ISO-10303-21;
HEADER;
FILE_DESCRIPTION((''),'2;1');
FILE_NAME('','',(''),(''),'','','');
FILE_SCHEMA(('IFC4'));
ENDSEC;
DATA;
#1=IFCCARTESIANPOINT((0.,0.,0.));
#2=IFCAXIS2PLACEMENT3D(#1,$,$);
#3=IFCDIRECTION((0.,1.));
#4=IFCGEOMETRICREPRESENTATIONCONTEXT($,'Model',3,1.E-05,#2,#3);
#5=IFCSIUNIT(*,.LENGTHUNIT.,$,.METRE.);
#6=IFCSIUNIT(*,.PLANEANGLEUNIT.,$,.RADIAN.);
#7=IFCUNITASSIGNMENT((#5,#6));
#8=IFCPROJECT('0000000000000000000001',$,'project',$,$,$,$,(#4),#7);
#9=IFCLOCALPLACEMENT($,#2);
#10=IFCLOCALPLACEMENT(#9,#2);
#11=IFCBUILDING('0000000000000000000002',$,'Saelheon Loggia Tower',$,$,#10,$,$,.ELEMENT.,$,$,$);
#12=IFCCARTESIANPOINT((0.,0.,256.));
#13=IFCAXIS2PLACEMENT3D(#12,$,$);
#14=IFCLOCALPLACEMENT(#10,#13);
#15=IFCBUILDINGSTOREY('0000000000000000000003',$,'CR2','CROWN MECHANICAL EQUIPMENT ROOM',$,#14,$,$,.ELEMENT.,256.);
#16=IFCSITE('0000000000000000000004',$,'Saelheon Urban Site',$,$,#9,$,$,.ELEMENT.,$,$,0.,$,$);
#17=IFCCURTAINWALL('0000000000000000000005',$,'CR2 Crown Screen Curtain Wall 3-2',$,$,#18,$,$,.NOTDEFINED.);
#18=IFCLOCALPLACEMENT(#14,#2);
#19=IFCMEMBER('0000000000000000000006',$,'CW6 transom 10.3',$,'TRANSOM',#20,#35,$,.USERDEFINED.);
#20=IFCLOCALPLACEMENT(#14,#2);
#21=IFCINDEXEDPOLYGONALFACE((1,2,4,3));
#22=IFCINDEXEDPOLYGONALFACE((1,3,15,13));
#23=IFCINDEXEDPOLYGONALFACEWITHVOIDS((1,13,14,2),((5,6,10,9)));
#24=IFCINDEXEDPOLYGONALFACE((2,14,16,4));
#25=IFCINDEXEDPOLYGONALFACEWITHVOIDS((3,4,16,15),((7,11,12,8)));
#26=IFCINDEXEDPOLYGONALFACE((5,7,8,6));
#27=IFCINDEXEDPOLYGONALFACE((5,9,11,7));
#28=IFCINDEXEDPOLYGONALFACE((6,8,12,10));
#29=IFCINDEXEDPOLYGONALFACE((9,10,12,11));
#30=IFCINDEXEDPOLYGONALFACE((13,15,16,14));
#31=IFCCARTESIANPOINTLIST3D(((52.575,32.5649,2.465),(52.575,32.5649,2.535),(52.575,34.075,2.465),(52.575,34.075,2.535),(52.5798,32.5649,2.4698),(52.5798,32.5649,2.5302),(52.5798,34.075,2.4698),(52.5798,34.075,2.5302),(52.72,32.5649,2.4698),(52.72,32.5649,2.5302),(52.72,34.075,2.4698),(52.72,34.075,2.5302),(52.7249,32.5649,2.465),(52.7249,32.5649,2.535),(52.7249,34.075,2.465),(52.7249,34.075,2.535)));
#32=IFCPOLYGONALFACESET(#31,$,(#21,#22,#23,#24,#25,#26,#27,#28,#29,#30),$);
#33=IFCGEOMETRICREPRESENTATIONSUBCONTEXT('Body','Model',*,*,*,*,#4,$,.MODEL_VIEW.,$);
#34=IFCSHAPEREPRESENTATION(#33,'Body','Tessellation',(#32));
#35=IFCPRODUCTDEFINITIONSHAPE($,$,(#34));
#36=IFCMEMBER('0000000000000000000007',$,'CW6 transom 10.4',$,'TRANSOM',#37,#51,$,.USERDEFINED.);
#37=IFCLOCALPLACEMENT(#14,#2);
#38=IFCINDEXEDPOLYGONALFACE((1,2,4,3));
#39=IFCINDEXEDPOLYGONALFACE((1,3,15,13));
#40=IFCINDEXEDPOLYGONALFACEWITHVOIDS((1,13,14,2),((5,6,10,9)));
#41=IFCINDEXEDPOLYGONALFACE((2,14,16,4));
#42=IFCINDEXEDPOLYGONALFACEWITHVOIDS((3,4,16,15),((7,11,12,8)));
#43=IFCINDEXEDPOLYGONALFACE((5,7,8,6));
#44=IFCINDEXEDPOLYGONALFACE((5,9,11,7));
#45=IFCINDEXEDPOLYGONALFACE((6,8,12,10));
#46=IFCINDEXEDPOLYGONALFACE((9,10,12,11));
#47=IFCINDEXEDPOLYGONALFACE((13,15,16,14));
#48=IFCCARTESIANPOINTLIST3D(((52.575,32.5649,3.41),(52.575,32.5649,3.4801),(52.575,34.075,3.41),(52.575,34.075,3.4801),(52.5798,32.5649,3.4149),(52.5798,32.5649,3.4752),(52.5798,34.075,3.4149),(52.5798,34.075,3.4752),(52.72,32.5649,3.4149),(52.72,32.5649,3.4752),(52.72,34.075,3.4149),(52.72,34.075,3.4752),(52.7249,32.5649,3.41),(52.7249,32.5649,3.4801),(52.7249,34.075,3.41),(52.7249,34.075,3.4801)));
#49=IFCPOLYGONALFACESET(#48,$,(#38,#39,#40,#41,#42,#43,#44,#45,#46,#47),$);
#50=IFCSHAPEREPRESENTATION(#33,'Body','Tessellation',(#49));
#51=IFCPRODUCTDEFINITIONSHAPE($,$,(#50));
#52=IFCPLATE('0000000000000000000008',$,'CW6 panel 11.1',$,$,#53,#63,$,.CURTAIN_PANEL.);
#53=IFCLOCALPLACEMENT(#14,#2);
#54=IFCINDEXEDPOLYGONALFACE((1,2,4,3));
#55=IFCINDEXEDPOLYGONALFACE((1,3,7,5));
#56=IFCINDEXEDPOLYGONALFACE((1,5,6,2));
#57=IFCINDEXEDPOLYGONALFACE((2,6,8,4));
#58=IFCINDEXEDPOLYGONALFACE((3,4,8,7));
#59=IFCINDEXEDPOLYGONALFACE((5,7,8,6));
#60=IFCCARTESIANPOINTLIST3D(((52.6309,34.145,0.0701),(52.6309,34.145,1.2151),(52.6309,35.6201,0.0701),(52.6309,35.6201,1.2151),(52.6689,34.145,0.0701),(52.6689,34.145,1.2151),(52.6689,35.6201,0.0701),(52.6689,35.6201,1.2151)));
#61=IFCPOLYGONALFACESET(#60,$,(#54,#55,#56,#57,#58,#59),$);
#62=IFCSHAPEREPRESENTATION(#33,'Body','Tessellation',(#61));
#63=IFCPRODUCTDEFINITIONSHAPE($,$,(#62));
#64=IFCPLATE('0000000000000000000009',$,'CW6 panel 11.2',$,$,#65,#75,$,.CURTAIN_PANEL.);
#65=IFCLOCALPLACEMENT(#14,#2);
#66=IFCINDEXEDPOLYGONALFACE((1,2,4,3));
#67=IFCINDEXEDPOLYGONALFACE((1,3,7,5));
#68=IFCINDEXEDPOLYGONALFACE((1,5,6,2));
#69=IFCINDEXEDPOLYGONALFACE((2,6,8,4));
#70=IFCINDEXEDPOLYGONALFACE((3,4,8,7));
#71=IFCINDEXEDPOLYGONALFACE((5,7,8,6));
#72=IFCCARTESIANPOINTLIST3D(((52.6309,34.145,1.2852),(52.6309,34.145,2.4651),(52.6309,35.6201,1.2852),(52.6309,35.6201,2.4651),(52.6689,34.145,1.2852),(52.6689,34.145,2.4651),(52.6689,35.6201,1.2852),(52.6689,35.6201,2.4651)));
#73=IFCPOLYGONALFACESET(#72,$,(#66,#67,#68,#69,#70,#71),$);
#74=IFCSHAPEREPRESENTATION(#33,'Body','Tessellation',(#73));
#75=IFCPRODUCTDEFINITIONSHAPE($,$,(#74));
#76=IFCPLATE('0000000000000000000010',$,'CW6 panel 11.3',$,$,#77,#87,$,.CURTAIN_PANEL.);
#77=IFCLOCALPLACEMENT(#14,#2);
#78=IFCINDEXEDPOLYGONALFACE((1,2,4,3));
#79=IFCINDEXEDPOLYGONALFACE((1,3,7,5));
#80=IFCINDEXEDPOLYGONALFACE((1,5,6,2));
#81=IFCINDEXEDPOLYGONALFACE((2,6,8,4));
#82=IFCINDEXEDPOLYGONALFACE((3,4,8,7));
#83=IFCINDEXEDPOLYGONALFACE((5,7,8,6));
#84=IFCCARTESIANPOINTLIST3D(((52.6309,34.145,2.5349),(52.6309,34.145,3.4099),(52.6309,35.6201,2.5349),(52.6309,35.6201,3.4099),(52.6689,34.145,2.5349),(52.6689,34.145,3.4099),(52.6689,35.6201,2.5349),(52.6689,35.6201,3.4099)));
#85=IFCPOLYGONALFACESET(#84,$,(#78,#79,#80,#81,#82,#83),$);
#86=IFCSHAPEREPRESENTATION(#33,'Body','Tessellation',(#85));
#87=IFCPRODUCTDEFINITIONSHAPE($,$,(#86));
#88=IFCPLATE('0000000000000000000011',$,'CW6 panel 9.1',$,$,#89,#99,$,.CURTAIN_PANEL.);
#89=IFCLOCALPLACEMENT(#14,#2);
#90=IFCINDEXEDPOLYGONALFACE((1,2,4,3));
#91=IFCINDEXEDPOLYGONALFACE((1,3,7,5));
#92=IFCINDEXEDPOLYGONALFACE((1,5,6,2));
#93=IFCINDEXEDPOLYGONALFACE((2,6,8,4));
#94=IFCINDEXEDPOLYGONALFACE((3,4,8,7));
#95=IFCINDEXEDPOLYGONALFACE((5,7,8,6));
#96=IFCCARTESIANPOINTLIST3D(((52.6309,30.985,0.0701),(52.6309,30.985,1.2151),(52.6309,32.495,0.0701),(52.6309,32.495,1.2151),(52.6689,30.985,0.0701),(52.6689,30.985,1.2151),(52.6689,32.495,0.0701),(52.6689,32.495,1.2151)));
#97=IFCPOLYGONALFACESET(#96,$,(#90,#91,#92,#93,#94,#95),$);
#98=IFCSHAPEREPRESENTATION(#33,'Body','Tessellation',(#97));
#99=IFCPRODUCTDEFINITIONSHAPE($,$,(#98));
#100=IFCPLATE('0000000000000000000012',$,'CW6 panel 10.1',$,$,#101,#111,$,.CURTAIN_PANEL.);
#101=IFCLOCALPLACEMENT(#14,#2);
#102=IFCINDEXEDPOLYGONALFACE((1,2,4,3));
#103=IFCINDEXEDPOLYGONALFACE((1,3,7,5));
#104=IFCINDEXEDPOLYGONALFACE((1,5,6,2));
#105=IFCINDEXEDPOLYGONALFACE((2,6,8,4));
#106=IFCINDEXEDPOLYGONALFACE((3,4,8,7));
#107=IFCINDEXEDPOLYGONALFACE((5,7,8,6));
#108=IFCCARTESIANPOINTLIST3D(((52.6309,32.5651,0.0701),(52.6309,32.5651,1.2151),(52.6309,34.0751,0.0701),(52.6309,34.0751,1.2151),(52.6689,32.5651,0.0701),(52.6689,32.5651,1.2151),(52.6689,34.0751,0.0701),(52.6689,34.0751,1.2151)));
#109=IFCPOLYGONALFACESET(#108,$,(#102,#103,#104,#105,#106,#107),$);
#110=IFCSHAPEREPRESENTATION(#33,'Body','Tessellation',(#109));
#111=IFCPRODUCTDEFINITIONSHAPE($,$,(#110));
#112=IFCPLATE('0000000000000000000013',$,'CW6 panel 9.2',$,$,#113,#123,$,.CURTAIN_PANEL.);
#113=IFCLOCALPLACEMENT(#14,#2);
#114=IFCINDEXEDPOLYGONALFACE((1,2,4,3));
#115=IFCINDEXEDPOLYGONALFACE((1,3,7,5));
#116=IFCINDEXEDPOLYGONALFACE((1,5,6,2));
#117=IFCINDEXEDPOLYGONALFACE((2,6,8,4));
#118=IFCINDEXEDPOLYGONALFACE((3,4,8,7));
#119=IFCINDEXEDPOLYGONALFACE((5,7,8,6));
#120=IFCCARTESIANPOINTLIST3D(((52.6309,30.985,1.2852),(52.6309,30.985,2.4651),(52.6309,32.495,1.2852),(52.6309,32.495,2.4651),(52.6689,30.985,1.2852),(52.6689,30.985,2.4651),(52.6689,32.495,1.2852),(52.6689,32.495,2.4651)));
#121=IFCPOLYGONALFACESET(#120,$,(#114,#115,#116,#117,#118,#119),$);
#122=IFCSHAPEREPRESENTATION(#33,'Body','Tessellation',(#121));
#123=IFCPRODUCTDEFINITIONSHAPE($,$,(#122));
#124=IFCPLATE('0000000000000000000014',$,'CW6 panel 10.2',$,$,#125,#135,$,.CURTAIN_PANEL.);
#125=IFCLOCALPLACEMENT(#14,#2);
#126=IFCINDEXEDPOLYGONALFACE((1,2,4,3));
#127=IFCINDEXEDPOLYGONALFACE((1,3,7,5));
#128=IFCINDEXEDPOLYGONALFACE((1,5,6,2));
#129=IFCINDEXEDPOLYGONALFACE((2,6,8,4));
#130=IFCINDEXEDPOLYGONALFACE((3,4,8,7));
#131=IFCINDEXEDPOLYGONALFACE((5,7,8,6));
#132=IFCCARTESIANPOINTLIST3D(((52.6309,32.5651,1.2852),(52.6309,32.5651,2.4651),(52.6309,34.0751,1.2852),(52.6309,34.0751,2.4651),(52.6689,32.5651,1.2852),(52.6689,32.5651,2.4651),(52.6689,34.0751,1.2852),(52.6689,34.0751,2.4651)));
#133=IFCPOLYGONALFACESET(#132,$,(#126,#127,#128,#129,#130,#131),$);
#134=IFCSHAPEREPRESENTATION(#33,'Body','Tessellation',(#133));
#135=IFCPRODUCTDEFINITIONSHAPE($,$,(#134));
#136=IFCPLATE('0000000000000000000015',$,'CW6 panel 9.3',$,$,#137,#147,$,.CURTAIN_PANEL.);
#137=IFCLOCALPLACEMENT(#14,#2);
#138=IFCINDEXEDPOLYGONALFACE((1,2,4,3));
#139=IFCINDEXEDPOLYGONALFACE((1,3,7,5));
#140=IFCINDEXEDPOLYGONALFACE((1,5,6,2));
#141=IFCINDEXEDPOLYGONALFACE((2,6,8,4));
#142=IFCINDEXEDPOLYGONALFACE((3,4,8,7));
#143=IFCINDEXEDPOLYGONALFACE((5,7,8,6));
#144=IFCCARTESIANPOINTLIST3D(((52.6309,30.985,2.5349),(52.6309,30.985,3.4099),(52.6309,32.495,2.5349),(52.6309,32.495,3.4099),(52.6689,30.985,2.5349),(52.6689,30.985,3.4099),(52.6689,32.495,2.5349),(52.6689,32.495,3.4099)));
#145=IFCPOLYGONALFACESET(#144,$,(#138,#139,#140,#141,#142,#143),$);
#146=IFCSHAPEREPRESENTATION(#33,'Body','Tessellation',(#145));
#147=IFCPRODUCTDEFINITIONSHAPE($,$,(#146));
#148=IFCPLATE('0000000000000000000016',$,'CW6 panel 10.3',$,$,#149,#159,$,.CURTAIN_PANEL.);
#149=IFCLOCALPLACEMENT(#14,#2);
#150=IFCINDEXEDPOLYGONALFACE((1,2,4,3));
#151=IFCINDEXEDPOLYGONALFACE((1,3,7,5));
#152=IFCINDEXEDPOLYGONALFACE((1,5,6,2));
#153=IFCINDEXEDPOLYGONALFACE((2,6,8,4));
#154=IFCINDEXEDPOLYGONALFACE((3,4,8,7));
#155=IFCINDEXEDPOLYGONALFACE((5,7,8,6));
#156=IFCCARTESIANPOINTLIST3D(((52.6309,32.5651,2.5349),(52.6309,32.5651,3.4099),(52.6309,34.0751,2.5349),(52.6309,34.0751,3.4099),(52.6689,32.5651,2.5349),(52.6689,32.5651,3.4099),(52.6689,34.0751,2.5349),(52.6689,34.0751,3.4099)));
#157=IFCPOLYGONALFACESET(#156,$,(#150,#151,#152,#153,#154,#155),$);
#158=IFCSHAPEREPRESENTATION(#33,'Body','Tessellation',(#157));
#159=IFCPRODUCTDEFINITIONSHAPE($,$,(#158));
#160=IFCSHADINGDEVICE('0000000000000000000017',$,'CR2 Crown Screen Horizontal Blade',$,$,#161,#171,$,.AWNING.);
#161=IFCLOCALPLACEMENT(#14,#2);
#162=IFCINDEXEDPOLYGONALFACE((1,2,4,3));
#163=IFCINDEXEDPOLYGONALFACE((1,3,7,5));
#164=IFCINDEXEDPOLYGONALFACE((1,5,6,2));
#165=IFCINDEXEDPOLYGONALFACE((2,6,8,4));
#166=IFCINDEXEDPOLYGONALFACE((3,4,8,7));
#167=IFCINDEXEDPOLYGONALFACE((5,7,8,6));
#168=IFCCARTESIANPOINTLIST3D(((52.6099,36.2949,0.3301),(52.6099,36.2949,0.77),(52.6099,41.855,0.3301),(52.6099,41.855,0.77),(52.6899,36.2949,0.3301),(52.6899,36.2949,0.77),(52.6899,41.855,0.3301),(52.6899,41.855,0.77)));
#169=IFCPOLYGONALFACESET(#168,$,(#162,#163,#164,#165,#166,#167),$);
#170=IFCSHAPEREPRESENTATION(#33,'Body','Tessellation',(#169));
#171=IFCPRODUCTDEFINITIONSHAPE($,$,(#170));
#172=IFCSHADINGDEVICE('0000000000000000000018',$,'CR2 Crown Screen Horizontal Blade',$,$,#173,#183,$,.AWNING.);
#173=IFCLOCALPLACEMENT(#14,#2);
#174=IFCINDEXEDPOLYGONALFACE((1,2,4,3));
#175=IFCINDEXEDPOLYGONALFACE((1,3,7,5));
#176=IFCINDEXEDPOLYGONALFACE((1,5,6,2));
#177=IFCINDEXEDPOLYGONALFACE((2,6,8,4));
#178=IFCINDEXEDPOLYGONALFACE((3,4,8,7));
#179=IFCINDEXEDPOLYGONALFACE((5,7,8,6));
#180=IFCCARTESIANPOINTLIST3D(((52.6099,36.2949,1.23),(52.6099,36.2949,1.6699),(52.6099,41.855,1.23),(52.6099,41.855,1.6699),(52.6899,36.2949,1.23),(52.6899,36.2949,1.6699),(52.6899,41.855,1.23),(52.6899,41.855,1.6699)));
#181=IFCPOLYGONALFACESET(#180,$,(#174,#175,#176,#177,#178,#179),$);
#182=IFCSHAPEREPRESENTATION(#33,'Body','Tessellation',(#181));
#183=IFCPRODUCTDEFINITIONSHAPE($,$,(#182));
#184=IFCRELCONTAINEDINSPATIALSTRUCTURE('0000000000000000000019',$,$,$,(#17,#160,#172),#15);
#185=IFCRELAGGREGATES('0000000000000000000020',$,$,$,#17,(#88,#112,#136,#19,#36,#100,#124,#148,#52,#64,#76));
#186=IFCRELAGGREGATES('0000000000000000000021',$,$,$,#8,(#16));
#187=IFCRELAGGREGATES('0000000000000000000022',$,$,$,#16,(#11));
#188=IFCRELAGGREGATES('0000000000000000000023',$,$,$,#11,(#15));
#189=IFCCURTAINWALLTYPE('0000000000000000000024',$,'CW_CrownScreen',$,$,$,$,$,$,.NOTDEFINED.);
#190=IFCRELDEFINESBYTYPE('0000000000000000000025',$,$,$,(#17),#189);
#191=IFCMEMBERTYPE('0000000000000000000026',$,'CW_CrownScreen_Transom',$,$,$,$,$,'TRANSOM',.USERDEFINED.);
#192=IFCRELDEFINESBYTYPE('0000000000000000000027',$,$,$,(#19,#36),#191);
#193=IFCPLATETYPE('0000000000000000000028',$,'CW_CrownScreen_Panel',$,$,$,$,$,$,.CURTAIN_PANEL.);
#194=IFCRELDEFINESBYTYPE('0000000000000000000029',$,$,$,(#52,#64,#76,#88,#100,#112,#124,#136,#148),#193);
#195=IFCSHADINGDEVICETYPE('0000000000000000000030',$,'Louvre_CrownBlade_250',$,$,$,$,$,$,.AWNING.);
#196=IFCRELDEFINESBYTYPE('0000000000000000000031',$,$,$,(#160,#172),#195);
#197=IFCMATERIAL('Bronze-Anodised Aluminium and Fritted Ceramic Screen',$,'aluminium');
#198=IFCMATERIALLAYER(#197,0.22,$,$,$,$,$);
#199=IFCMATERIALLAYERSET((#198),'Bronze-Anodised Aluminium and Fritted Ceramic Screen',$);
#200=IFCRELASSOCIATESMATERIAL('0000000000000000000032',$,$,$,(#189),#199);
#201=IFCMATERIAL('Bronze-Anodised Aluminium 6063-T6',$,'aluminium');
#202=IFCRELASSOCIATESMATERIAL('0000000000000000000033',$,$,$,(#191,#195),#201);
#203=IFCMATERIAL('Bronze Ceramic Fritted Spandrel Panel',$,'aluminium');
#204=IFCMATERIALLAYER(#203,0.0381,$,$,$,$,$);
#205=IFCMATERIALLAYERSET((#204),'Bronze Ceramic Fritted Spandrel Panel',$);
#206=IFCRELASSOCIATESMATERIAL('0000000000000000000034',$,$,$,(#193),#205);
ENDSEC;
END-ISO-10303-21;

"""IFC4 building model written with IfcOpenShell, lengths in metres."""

from ifc_helpers import new_model, si_unit, direction, frame, origin, origin_2d, place, context, subcontext, project, spatial, rectangle, hollow_rectangle, extrude, source, transform, mapped, material, layer, layer_set, material_profile, profile_set, type_object, element, aggregate, save


model = new_model("IFC4")

# Units and contexts
model_context = context("Model", 3, precision=1e-05, world=origin(), true_north=direction((0.0, 1.0)))
body_context = subcontext(model_context, "Body", "Model", "MODEL_VIEW")
ifc_project = project(units=[si_unit("LENGTHUNIT", "METRE"), si_unit("PLANEANGLEUNIT", "RADIAN")], contexts=[model_context])

# Site, building, storey
site_placement = place(None, origin())
site = spatial("IfcSite", under=ifc_project, at=site_placement, Name="Saelheon Urban Site", CompositionType="ELEMENT", RefElevation=0.0)
building_placement = place(site_placement, origin())
building = spatial("IfcBuilding", under=site, at=building_placement, Name="Saelheon Loggia Tower", CompositionType="ELEMENT")
storey_placement = place(building_placement, frame((0.0, 0.0, 256.0)))
storey = spatial("IfcBuildingStorey", under=building, at=storey_placement, Name="CR2", Description="CROWN MECHANICAL EQUIPMENT ROOM", CompositionType="ELEMENT", Elevation=256.0)

# Curtain wall, members, plates
ifc_material_1 = material(Name="Bronze-Anodised Aluminium and Fritted Ceramic Screen", Category="aluminium")
ifc_layer_1 = layer(ifc_material_1, 0.22)
ifc_layer_set_1 = layer_set([ifc_layer_1], Name="Bronze-Anodised Aluminium and Fritted Ceramic Screen")
curtain_wall_type = type_object("IfcCurtainWallType", Name="CW_CrownScreen", PredefinedType="NOTDEFINED", material=ifc_layer_set_1)
curtain_wall_placement = place(storey_placement, origin())
curtain_wall = element("IfcCurtainWall", 1, at=curtain_wall_placement, inside=storey, type_object=curtain_wall_type, Name="CR2 Crown Screen Curtain Wall 3-2", PredefinedType="NOTDEFINED")
ifc_material_2 = material(Name="Bronze-Anodised Aluminium 6063-T6", Category="aluminium")
ifc_material_profile_1 = material_profile(ifc_material_2, hollow_rectangle(XDim=0.0701, YDim=0.1499, WallThickness=0.0049, at=origin_2d()), Name="RHS-150x70x5")
ifc_profile_set_1 = profile_set([ifc_material_profile_1], Name="Bronze-Anodised Aluminium 6063-T6")
member_type_1 = type_object("IfcMemberType", Name="CW_CrownScreen_Transom", ElementType="TRANSOM", PredefinedType="USERDEFINED", material=ifc_profile_set_1)
shared_shape_1 = source(origin(), body_context, "Body", "SweptSolid", [
    extrude(hollow_rectangle(XDim=0.0701, YDim=0.1499, WallThickness=0.0049, at=origin_2d()), origin(), (0.0, 0.0, 1.0), 1.51),
])
member_1_placement = place(storey_placement, frame((52.6499, 32.5649, 2.5), z_axis=(0.0, 1.0, 0.0), x_axis=(0.0, 0.0, 1.0)))
member_1 = element("IfcMember", 2, at=member_1_placement, type_object=member_type_1, Name="CW6 transom 10.3", ObjectType="TRANSOM", PredefinedType="USERDEFINED", context=body_context, shape_type="MappedRepresentation", body=[
    mapped(shared_shape_1, transform((0.0, 0.0, 0.0), scale=1.0)),
])
member_2_placement = place(storey_placement, frame((52.6499, 32.5649, 3.4451), z_axis=(0.0, 1.0, 0.0), x_axis=(0.0, 0.0, 1.0)))
member_2 = element("IfcMember", 3, at=member_2_placement, type_object=member_type_1, Name="CW6 transom 10.4", ObjectType="TRANSOM", PredefinedType="USERDEFINED", context=body_context, shape_type="MappedRepresentation", body=[
    mapped(shared_shape_1, transform((0.0, 0.0, 0.0), scale=1.0)),
])
ifc_material_3 = material(Name="Bronze Ceramic Fritted Spandrel Panel", Category="aluminium")
ifc_layer_2 = layer(ifc_material_3, 0.0381)
ifc_layer_set_2 = layer_set([ifc_layer_2], Name="Bronze Ceramic Fritted Spandrel Panel")
plate_type = type_object("IfcPlateType", Name="CW_CrownScreen_Panel", PredefinedType="CURTAIN_PANEL", material=ifc_layer_set_2)
shared_shape_2 = source(origin(), body_context, "Body", "SweptSolid", [
    extrude(rectangle(XDim=1.4751, YDim=0.0381, at=origin_2d()), origin(), (0.0, 0.0, 1.0), 1.145),
])
plate_1_placement = place(storey_placement, frame((52.6499, 34.8826, 0.0701), z_axis=(0.0, 0.0, 1.0), x_axis=(0.0, 1.0, 0.0)))
plate_1 = element("IfcPlate", 4, at=plate_1_placement, type_object=plate_type, Name="CW6 panel 11.1", PredefinedType="CURTAIN_PANEL", context=body_context, shape_type="MappedRepresentation", body=[
    mapped(shared_shape_2, transform((0.0, 0.0, 0.0), scale=1.0)),
])
shared_shape_3 = source(origin(), body_context, "Body", "SweptSolid", [
    extrude(rectangle(XDim=1.4751, YDim=0.0381, at=origin_2d()), origin(), (0.0, 0.0, 1.0), 1.1799),
])
plate_2_placement = place(storey_placement, frame((52.6499, 34.8826, 1.2852), z_axis=(0.0, 0.0, 1.0), x_axis=(0.0, 1.0, 0.0)))
plate_2 = element("IfcPlate", 5, at=plate_2_placement, type_object=plate_type, Name="CW6 panel 11.2", PredefinedType="CURTAIN_PANEL", context=body_context, shape_type="MappedRepresentation", body=[
    mapped(shared_shape_3, transform((0.0, 0.0, 0.0), scale=1.0)),
])
shared_shape_4 = source(origin(), body_context, "Body", "SweptSolid", [
    extrude(rectangle(XDim=1.4751, YDim=0.0381, at=origin_2d()), origin(), (0.0, 0.0, 1.0), 0.875),
])
plate_3_placement = place(storey_placement, frame((52.6499, 34.8826, 2.5349), z_axis=(0.0, 0.0, 1.0), x_axis=(0.0, 1.0, 0.0)))
plate_3 = element("IfcPlate", 6, at=plate_3_placement, type_object=plate_type, Name="CW6 panel 11.3", PredefinedType="CURTAIN_PANEL", context=body_context, shape_type="MappedRepresentation", body=[
    mapped(shared_shape_4, transform((0.0, 0.0, 0.0), scale=1.0)),
])
shared_shape_5 = source(origin(), body_context, "Body", "SweptSolid", [
    extrude(rectangle(XDim=1.51, YDim=0.0381, at=origin_2d()), origin(), (0.0, 0.0, 1.0), 1.145),
])
plate_4_placement = place(storey_placement, frame((52.6499, 31.74, 0.0701), z_axis=(0.0, 0.0, 1.0), x_axis=(0.0, 1.0, 0.0)))
plate_4 = element("IfcPlate", 7, at=plate_4_placement, type_object=plate_type, Name="CW6 panel 9.1", PredefinedType="CURTAIN_PANEL", context=body_context, shape_type="MappedRepresentation", body=[
    mapped(shared_shape_5, transform((0.0, 0.0, 0.0), scale=1.0)),
])
plate_5_placement = place(storey_placement, frame((52.6499, 33.3201, 0.0701), z_axis=(0.0, 0.0, 1.0), x_axis=(0.0, 1.0, 0.0)))
plate_5 = element("IfcPlate", 8, at=plate_5_placement, type_object=plate_type, Name="CW6 panel 10.1", PredefinedType="CURTAIN_PANEL", context=body_context, shape_type="MappedRepresentation", body=[
    mapped(shared_shape_5, transform((0.0, 0.0, 0.0), scale=1.0)),
])
shared_shape_6 = source(origin(), body_context, "Body", "SweptSolid", [
    extrude(rectangle(XDim=1.51, YDim=0.0381, at=origin_2d()), origin(), (0.0, 0.0, 1.0), 1.1799),
])
plate_6_placement = place(storey_placement, frame((52.6499, 31.74, 1.2852), z_axis=(0.0, 0.0, 1.0), x_axis=(0.0, 1.0, 0.0)))
plate_6 = element("IfcPlate", 9, at=plate_6_placement, type_object=plate_type, Name="CW6 panel 9.2", PredefinedType="CURTAIN_PANEL", context=body_context, shape_type="MappedRepresentation", body=[
    mapped(shared_shape_6, transform((0.0, 0.0, 0.0), scale=1.0)),
])
plate_7_placement = place(storey_placement, frame((52.6499, 33.3201, 1.2852), z_axis=(0.0, 0.0, 1.0), x_axis=(0.0, 1.0, 0.0)))
plate_7 = element("IfcPlate", 10, at=plate_7_placement, type_object=plate_type, Name="CW6 panel 10.2", PredefinedType="CURTAIN_PANEL", context=body_context, shape_type="MappedRepresentation", body=[
    mapped(shared_shape_6, transform((0.0, 0.0, 0.0), scale=1.0)),
])
shared_shape_7 = source(origin(), body_context, "Body", "SweptSolid", [
    extrude(rectangle(XDim=1.51, YDim=0.0381, at=origin_2d()), origin(), (0.0, 0.0, 1.0), 0.875),
])
plate_8_placement = place(storey_placement, frame((52.6499, 31.74, 2.5349), z_axis=(0.0, 0.0, 1.0), x_axis=(0.0, 1.0, 0.0)))
plate_8 = element("IfcPlate", 11, at=plate_8_placement, type_object=plate_type, Name="CW6 panel 9.3", PredefinedType="CURTAIN_PANEL", context=body_context, shape_type="MappedRepresentation", body=[
    mapped(shared_shape_7, transform((0.0, 0.0, 0.0), scale=1.0)),
])
plate_9_placement = place(storey_placement, frame((52.6499, 33.3201, 2.5349), z_axis=(0.0, 0.0, 1.0), x_axis=(0.0, 1.0, 0.0)))
plate_9 = element("IfcPlate", 12, at=plate_9_placement, type_object=plate_type, Name="CW6 panel 10.3", PredefinedType="CURTAIN_PANEL", context=body_context, shape_type="MappedRepresentation", body=[
    mapped(shared_shape_7, transform((0.0, 0.0, 0.0), scale=1.0)),
])
aggregate(curtain_wall, [plate_4, plate_6, plate_8, member_1, member_2, plate_5, plate_7, plate_9, plate_1, plate_2, plate_3])

# Shading devices
ifc_material_profile_2 = material_profile(ifc_material_2, rectangle(XDim=0.0801, YDim=0.4399, at=origin_2d()), Name="Louvre_CrownBlade_250")
ifc_profile_set_2 = profile_set([ifc_material_profile_2], Name="Bronze-Anodised Aluminium 6063-T6")
shading_device_type = type_object("IfcShadingDeviceType", Name="Louvre_CrownBlade_250", PredefinedType="AWNING", material=ifc_profile_set_2)
shared_shape_8 = source(origin(), body_context, "Body", "SweptSolid", [
    extrude(rectangle(XDim=0.0801, YDim=0.4399, at=origin_2d()), origin(), (0.0, 0.0, 1.0), 5.5601),
])
for number, where, z_axis, x_axis, name in (
    (13, (52.6499, 36.2949, 0.55), (0.0, 1.0, 0.0), (-1.0, 0.0, 0.0), "CR2 Crown Screen Horizontal Blade"),
    (14, (52.6499, 36.2949, 1.45), (0.0, 1.0, 0.0), (-1.0, 0.0, 0.0), "CR2 Crown Screen Horizontal Blade"),
):
    element("IfcShadingDevice", number, at=place(storey_placement, frame(where, z_axis=z_axis, x_axis=x_axis)), inside=storey, type_object=shading_device_type, Name=name, PredefinedType="AWNING", context=body_context, shape_type="MappedRepresentation", body=[
        mapped(shared_shape_8, transform((0.0, 0.0, 0.0), scale=1.0)),
    ])

save(model, "model.ifc")
